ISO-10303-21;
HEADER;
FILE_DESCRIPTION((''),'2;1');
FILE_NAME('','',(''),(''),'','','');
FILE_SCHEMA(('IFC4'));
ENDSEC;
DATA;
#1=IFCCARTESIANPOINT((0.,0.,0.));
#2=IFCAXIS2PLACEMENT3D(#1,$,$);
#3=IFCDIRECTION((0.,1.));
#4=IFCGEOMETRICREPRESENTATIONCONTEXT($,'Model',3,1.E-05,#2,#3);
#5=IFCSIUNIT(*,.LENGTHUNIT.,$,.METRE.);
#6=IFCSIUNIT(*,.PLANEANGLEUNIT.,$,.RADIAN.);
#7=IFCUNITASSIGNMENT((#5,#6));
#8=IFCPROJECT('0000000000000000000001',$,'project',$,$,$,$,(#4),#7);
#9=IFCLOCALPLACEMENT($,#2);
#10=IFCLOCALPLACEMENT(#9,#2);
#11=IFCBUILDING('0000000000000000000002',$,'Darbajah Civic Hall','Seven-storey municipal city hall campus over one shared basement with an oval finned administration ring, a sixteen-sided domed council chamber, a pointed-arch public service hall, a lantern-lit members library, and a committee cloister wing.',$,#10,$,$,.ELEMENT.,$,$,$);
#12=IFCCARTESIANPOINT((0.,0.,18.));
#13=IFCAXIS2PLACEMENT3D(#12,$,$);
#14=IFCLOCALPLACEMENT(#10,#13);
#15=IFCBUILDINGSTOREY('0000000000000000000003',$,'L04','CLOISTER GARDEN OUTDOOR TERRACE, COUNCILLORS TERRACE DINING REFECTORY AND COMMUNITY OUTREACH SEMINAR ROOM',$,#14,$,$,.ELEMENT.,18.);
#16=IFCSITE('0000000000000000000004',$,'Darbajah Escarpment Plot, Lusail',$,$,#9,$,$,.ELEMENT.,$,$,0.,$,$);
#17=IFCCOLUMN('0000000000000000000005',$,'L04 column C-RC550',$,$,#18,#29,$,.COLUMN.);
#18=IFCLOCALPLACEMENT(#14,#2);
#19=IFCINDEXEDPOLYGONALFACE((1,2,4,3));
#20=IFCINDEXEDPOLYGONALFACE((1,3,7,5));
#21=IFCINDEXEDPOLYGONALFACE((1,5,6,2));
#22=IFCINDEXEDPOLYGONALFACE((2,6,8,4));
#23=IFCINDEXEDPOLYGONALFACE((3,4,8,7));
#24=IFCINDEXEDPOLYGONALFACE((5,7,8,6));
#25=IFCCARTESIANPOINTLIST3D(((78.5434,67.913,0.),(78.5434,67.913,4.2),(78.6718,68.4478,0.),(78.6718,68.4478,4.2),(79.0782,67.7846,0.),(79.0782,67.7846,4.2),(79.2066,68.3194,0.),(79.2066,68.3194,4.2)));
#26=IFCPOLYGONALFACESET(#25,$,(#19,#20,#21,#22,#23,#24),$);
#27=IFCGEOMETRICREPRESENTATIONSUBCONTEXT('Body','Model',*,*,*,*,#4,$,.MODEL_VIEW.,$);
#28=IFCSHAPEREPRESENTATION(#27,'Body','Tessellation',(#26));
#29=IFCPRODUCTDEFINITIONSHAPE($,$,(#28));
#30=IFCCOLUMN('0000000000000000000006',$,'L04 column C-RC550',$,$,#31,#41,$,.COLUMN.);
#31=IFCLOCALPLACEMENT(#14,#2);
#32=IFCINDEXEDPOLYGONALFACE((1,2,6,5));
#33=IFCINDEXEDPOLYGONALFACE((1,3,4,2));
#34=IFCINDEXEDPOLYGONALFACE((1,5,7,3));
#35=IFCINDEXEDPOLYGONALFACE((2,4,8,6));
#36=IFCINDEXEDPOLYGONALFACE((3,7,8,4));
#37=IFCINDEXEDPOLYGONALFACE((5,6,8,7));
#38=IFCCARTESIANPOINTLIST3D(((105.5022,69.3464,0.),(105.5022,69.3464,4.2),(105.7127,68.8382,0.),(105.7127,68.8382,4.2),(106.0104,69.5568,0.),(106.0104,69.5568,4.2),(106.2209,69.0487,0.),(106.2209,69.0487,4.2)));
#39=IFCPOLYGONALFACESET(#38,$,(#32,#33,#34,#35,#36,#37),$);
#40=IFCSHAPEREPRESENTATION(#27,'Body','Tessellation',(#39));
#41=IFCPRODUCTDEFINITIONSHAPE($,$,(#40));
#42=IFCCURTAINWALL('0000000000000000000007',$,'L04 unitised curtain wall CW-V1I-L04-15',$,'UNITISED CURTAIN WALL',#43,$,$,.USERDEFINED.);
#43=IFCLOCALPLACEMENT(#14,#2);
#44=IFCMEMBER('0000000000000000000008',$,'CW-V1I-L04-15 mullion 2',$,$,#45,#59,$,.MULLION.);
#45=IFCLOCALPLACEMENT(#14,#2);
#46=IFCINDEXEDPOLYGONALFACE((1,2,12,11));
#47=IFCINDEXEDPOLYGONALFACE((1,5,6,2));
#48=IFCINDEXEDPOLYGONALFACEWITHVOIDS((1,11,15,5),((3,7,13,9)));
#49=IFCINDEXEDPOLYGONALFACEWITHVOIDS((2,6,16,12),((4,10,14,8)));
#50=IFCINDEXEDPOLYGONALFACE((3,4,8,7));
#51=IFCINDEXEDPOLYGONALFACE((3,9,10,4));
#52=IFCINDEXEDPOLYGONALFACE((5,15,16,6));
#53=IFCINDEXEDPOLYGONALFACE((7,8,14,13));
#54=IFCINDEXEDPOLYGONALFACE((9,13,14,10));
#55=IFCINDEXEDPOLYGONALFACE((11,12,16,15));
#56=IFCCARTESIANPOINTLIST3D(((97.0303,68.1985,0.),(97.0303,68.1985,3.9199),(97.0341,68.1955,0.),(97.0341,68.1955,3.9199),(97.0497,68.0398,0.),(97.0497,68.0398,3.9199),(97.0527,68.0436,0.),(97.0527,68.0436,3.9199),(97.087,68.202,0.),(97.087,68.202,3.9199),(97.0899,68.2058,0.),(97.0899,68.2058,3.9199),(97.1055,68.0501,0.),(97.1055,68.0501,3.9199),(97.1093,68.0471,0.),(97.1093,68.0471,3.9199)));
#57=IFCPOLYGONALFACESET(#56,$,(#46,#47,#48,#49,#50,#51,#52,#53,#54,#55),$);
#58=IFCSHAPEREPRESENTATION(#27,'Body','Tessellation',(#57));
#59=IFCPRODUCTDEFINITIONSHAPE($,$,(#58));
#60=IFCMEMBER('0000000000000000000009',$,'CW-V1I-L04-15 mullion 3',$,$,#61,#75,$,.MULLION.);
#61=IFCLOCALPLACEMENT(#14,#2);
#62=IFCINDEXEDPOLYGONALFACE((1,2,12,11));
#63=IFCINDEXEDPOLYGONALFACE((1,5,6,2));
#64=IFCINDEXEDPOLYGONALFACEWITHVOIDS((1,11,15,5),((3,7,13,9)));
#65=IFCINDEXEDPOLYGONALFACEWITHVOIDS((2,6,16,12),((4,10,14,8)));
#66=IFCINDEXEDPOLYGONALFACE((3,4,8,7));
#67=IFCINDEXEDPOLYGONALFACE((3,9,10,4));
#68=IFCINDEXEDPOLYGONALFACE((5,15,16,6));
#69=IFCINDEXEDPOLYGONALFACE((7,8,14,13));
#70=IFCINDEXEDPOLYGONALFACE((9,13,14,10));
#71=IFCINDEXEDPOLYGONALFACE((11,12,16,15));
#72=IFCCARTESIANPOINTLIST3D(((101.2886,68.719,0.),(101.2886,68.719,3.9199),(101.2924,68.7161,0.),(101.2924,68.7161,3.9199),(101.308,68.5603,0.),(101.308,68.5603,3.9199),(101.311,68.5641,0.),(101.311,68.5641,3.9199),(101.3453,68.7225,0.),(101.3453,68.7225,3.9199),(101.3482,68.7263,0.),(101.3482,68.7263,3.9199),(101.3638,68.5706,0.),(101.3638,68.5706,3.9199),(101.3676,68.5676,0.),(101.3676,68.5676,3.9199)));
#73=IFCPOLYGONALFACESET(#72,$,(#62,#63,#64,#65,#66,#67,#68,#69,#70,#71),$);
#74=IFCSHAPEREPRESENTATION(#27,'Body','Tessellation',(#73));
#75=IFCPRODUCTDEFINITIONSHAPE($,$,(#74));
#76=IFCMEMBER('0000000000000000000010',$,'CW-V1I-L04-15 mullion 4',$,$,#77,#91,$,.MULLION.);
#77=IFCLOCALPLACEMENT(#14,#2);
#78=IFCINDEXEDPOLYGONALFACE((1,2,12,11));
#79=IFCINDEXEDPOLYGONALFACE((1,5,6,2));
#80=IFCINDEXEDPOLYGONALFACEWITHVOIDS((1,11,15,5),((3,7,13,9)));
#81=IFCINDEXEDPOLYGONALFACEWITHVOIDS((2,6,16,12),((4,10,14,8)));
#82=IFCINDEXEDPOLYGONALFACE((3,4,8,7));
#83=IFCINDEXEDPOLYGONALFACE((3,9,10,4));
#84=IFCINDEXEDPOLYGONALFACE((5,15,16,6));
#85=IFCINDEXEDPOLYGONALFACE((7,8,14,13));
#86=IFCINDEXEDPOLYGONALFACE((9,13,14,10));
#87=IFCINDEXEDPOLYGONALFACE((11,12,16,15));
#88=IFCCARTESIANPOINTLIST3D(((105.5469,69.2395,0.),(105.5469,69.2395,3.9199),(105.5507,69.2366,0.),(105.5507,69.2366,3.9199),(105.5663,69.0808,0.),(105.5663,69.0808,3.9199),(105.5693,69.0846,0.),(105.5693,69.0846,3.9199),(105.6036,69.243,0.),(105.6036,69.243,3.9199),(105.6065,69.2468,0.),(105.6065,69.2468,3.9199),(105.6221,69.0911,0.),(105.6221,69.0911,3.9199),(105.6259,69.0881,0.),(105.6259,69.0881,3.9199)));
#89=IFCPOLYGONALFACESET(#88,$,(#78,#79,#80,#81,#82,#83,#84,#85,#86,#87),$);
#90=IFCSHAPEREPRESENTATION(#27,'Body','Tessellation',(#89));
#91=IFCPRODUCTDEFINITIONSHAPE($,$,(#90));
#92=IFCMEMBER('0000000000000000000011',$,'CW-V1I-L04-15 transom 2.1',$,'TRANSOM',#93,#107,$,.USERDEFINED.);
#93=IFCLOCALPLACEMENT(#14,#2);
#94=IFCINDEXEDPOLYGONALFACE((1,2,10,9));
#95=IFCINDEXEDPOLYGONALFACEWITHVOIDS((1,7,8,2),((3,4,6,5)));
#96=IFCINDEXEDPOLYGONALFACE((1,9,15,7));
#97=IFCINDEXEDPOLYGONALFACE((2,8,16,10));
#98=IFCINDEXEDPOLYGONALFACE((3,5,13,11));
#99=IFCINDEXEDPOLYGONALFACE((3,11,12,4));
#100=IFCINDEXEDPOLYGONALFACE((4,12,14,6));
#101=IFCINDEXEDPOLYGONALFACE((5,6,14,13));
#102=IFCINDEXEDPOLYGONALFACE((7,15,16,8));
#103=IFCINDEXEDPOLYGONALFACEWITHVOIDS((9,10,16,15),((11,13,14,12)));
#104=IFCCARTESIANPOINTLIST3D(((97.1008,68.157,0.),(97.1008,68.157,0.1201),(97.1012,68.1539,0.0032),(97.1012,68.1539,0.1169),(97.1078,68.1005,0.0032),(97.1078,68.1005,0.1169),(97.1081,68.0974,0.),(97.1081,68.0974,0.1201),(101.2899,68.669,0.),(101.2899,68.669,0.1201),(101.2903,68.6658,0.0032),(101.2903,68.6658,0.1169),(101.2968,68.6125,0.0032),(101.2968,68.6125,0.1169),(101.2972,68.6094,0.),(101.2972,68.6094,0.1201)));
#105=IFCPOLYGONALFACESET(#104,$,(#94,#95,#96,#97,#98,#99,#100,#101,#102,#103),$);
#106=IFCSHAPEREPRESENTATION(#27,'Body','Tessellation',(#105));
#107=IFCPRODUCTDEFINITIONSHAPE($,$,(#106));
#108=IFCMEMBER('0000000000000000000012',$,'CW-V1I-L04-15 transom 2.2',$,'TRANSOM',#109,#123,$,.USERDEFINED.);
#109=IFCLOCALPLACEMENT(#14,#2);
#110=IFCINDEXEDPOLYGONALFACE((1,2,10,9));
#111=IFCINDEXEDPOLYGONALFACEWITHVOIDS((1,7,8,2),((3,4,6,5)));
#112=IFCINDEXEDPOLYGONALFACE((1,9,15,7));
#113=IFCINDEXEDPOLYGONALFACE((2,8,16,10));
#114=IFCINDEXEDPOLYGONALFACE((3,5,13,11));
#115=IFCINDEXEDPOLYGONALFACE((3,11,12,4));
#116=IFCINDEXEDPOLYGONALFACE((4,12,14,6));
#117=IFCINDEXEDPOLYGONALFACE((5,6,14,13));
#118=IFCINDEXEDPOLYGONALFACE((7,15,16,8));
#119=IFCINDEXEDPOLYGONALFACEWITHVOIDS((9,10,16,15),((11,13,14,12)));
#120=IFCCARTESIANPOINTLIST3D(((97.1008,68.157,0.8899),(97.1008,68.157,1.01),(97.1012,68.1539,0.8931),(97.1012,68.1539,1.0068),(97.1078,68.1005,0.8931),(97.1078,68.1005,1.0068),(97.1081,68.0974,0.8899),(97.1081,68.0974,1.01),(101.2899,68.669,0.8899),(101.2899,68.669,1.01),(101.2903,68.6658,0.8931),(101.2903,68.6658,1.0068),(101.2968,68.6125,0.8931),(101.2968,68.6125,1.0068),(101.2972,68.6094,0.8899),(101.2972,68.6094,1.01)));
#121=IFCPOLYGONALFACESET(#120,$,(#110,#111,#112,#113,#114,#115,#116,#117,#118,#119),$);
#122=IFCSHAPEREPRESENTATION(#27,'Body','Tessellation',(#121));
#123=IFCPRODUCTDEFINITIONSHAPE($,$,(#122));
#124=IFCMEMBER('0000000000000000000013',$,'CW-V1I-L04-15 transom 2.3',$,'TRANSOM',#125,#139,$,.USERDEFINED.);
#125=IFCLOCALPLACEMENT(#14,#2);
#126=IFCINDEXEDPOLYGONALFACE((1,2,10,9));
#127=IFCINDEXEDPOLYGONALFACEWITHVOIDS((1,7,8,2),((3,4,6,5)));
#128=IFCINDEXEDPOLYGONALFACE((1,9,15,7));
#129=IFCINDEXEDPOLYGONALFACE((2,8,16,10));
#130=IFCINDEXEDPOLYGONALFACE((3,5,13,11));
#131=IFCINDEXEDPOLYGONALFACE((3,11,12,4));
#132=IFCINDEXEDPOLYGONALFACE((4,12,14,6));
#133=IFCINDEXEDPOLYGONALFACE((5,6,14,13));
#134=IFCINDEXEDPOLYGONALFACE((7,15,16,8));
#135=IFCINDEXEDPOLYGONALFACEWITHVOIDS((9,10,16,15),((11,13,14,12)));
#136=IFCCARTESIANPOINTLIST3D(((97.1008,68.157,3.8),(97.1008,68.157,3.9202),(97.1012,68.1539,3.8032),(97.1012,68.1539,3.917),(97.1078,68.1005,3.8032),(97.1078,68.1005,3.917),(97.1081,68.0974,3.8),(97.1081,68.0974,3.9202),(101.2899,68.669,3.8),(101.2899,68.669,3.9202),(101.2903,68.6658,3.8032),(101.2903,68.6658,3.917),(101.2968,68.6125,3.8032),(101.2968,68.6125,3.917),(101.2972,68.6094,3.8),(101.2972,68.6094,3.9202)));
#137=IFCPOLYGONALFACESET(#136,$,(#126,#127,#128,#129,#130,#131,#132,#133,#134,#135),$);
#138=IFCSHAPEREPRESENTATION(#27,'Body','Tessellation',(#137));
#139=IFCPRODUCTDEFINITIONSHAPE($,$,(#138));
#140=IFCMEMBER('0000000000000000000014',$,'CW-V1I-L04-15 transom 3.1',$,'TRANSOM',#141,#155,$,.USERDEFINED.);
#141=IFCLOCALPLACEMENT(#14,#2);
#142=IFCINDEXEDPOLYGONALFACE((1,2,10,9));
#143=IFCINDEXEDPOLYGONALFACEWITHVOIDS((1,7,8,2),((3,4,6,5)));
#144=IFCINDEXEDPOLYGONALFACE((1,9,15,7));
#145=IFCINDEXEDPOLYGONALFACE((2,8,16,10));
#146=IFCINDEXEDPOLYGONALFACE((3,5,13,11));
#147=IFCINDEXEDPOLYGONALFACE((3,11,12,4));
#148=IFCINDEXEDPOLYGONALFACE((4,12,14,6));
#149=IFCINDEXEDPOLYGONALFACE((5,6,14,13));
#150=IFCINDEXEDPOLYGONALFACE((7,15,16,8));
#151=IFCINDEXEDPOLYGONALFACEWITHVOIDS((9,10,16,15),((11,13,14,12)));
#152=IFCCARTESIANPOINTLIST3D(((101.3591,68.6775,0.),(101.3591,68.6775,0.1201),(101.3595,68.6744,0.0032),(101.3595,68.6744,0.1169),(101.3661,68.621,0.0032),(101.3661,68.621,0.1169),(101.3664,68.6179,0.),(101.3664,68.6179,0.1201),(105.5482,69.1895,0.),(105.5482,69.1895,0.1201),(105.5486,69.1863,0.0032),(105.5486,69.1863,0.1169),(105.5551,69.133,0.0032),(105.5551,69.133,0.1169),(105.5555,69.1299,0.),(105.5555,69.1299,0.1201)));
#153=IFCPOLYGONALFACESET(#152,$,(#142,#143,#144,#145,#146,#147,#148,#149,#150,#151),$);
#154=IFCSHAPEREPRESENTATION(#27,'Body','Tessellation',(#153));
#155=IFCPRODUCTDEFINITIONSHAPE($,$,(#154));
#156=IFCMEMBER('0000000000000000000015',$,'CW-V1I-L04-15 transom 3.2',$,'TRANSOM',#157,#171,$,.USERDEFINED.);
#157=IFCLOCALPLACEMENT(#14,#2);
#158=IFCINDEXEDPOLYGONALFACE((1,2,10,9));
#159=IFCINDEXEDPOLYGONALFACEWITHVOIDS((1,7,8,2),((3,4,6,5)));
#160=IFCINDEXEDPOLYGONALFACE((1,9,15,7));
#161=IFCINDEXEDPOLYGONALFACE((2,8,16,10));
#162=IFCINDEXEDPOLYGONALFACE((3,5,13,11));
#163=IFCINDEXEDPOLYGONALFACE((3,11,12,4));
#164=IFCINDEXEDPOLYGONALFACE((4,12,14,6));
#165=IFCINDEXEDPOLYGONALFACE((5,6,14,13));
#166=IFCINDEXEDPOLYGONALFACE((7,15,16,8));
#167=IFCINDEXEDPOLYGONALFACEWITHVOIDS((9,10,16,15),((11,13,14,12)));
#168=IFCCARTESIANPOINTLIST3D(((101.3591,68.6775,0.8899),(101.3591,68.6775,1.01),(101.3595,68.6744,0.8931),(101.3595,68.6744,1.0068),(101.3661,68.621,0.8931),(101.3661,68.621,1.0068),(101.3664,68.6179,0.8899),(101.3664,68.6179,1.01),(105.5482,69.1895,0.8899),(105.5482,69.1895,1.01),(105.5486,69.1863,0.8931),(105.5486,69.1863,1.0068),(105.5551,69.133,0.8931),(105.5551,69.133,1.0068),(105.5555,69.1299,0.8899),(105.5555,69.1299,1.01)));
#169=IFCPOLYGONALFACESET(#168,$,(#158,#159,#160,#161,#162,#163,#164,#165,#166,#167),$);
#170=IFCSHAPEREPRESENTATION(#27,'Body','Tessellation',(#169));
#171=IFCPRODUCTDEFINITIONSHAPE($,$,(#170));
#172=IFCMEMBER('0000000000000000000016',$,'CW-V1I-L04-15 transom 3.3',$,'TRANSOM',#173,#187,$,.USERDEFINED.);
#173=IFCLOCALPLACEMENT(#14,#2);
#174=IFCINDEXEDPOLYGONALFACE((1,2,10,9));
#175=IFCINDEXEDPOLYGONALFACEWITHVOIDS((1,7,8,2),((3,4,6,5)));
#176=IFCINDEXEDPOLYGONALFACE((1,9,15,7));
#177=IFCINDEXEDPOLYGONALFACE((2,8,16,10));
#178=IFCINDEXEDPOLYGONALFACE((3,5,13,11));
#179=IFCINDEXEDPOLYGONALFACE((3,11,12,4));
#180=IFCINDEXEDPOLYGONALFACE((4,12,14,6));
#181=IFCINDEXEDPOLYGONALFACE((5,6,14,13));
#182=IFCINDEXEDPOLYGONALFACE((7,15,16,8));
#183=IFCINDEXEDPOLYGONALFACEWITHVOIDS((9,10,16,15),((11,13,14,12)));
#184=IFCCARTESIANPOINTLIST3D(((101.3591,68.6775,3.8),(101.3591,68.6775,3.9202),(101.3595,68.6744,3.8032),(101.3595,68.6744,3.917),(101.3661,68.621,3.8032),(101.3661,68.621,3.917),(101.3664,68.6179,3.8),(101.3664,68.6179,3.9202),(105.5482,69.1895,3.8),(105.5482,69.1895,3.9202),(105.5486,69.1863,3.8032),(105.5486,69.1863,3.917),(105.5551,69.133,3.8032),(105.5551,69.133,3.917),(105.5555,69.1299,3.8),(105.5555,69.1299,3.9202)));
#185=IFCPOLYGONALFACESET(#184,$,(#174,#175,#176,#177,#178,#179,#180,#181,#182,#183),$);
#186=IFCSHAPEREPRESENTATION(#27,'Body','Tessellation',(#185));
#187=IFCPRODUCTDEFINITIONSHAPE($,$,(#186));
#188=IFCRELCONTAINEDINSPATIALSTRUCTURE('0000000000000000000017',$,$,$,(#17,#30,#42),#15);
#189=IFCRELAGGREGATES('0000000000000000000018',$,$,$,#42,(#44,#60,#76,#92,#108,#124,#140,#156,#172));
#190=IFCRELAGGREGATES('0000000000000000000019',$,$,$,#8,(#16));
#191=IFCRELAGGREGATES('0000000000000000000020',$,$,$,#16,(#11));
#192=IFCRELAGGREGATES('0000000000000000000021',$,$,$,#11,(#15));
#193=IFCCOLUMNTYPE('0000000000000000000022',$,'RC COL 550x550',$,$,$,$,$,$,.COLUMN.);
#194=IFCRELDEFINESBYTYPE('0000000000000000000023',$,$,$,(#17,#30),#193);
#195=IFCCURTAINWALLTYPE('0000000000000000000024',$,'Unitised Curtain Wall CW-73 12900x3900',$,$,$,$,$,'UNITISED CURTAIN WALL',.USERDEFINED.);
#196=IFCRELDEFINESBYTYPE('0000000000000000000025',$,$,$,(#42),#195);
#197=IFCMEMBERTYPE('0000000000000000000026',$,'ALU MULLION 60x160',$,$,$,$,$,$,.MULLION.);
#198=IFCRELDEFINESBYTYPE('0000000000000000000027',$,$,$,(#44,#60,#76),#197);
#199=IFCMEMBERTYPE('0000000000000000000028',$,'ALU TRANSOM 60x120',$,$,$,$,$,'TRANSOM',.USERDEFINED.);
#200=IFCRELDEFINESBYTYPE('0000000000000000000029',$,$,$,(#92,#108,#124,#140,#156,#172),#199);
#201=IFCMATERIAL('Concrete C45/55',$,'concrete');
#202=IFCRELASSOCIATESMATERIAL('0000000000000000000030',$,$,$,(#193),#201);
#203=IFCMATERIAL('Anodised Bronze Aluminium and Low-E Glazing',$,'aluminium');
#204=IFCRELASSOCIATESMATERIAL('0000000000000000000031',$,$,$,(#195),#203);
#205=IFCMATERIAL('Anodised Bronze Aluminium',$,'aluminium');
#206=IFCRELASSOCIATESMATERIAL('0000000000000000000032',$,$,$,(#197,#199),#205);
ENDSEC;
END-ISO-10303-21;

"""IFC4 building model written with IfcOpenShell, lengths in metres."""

from ifc_helpers import new_model, si_unit, direction, frame, origin, origin_2d, place, context, subcontext, project, spatial, rectangle, hollow_rectangle, extrude, material, material_profile, profile_set, type_object, element, aggregate, save


model = new_model("IFC4")

# Units and contexts
model_context = context("Model", 3, precision=1e-05, world=origin(), true_north=direction((0.0, 1.0)))
body_context = subcontext(model_context, "Body", "Model", "MODEL_VIEW")
ifc_project = project(units=[si_unit("LENGTHUNIT", "METRE"), si_unit("PLANEANGLEUNIT", "RADIAN")], contexts=[model_context])

# Site, building, storey
site_placement = place(None, origin())
site = spatial("IfcSite", under=ifc_project, at=site_placement, Name="Darbajah Escarpment Plot, Lusail", CompositionType="ELEMENT", RefElevation=0.0)
building_placement = place(site_placement, origin())
building = spatial("IfcBuilding", under=site, at=building_placement, Name="Darbajah Civic Hall", Description="Seven-storey municipal city hall campus over one shared basement with an oval finned administration ring, a sixteen-sided domed council chamber, a pointed-arch public service hall, a lantern-lit members library, and a committee cloister wing.", CompositionType="ELEMENT")
storey_placement = place(building_placement, frame((0.0, 0.0, 18.0)))
storey = spatial("IfcBuildingStorey", under=building, at=storey_placement, Name="L04", Description="CLOISTER GARDEN OUTDOOR TERRACE, COUNCILLORS TERRACE DINING REFECTORY AND COMMUNITY OUTREACH SEMINAR ROOM", CompositionType="ELEMENT", Elevation=18.0)

# Columns
ifc_material_1 = material(Name="Concrete C45/55", Category="concrete")
ifc_material_profile_1 = material_profile(ifc_material_1, rectangle(XDim=0.55, YDim=0.55, at=origin_2d()), Name="RC COL 550x550")
ifc_profile_set_1 = profile_set([ifc_material_profile_1], Name="Concrete C45/55")
column_type = type_object("IfcColumnType", Name="RC COL 550x550", PredefinedType="COLUMN", material=ifc_profile_set_1)
for number, where, z_axis, x_axis, name in (
    (1, (78.875, 68.1162, 0.0), (0.0, 0.0, 1.0), (-0.233445, -0.97237, 0.0), "L04 column C-RC550"),
    (2, (105.8616, 69.1975, 0.0), (0.0, 0.0, 1.0), (0.382683, -0.92388, 0.0), "L04 column C-RC550"),
):
    element("IfcColumn", number, at=place(storey_placement, frame(where, z_axis=z_axis, x_axis=x_axis)), inside=storey, type_object=column_type, Name=name, PredefinedType="COLUMN", context=body_context, shape_type="SweptSolid", body=[
        extrude(rectangle(XDim=0.55, YDim=0.55, at=origin_2d()), origin(), (0.0, 0.0, 1.0), 4.2),
    ])

# Curtain wall, members
ifc_material_2 = material(Name="Anodised Bronze Aluminium and Low-E Glazing", Category="aluminium")
curtain_wall_type = type_object("IfcCurtainWallType", Name="Unitised Curtain Wall CW-73 12900x3900", ElementType="UNITISED CURTAIN WALL", PredefinedType="USERDEFINED", material=ifc_material_2)
curtain_wall_placement = place(storey_placement, origin())
curtain_wall = element("IfcCurtainWall", 3, at=curtain_wall_placement, inside=storey, type_object=curtain_wall_type, Name="L04 unitised curtain wall CW-V1I-L04-15", ObjectType="UNITISED CURTAIN WALL", PredefinedType="USERDEFINED")
ifc_material_3 = material(Name="Anodised Bronze Aluminium", Category="aluminium")
ifc_material_profile_2 = material_profile(ifc_material_3, hollow_rectangle(XDim=0.0601, YDim=0.1599, WallThickness=0.0034, at=origin_2d()), Name="ALU MULLION 60x160")
ifc_profile_set_2 = profile_set([ifc_material_profile_2], Name="Anodised Bronze Aluminium")
member_type_1 = type_object("IfcMemberType", Name="ALU MULLION 60x160", PredefinedType="MULLION", material=ifc_profile_set_2)
member_1_placement = place(storey_placement, frame((97.0698, 68.1228, 0.0), z_axis=(0.0, 0.0, 1.0), x_axis=(0.99261, 0.12135, 0.0)))
member_1 = element("IfcMember", 4, at=member_1_placement, type_object=member_type_1, Name="CW-V1I-L04-15 mullion 2", PredefinedType="MULLION", context=body_context, shape_type="SweptSolid", body=[
    extrude(hollow_rectangle(XDim=0.0601, YDim=0.1599, WallThickness=0.0034, at=origin_2d()), origin(), (0.0, 0.0, 1.0), 3.9199),
])
member_2_placement = place(storey_placement, frame((101.3281, 68.6433, 0.0), z_axis=(0.0, 0.0, 1.0), x_axis=(0.99261, 0.12135, 0.0)))
member_2 = element("IfcMember", 5, at=member_2_placement, type_object=member_type_1, Name="CW-V1I-L04-15 mullion 3", PredefinedType="MULLION", context=body_context, shape_type="SweptSolid", body=[
    extrude(hollow_rectangle(XDim=0.0601, YDim=0.1599, WallThickness=0.0034, at=origin_2d()), origin(), (0.0, 0.0, 1.0), 3.9199),
])
member_3_placement = place(storey_placement, frame((105.5864, 69.1638, 0.0), z_axis=(0.0, 0.0, 1.0), x_axis=(0.99261, 0.12135, 0.0)))
member_3 = element("IfcMember", 6, at=member_3_placement, type_object=member_type_1, Name="CW-V1I-L04-15 mullion 4", PredefinedType="MULLION", context=body_context, shape_type="SweptSolid", body=[
    extrude(hollow_rectangle(XDim=0.0601, YDim=0.1599, WallThickness=0.0034, at=origin_2d()), origin(), (0.0, 0.0, 1.0), 3.9199),
])
ifc_material_profile_3 = material_profile(ifc_material_3, hollow_rectangle(XDim=0.0601, YDim=0.1201, WallThickness=0.0032, at=origin_2d()), Name="ALU TRANSOM 60x120")
ifc_profile_set_3 = profile_set([ifc_material_profile_3], Name="Anodised Bronze Aluminium")
member_type_2 = type_object("IfcMemberType", Name="ALU TRANSOM 60x120", ElementType="TRANSOM", PredefinedType="USERDEFINED", material=ifc_profile_set_3)
member_4_placement = place(storey_placement, frame((97.1045, 68.1272, 0.0601), z_axis=(0.992614, 0.121314, 0.0), x_axis=(-0.121314, 0.992614, 0.0)))
member_4 = element("IfcMember", 7, at=member_4_placement, type_object=member_type_2, Name="CW-V1I-L04-15 transom 2.1", ObjectType="TRANSOM", PredefinedType="USERDEFINED", context=body_context, shape_type="SweptSolid", body=[
    extrude(hollow_rectangle(XDim=0.0601, YDim=0.1201, WallThickness=0.0032, at=origin_2d()), origin(), (0.0, 0.0, 1.0), 4.2202),
])
member_5_placement = place(storey_placement, frame((97.1045, 68.1272, 0.95), z_axis=(0.992614, 0.121314, 0.0), x_axis=(-0.121314, 0.992614, 0.0)))
member_5 = element("IfcMember", 8, at=member_5_placement, type_object=member_type_2, Name="CW-V1I-L04-15 transom 2.2", ObjectType="TRANSOM", PredefinedType="USERDEFINED", context=body_context, shape_type="SweptSolid", body=[
    extrude(hollow_rectangle(XDim=0.0601, YDim=0.1201, WallThickness=0.0032, at=origin_2d()), origin(), (0.0, 0.0, 1.0), 4.2202),
])
member_6_placement = place(storey_placement, frame((97.1045, 68.1272, 3.8601), z_axis=(0.992614, 0.121314, 0.0), x_axis=(-0.121314, 0.992614, 0.0)))
member_6 = element("IfcMember", 9, at=member_6_placement, type_object=member_type_2, Name="CW-V1I-L04-15 transom 2.3", ObjectType="TRANSOM", PredefinedType="USERDEFINED", context=body_context, shape_type="SweptSolid", body=[
    extrude(hollow_rectangle(XDim=0.0601, YDim=0.1201, WallThickness=0.0032, at=origin_2d()), origin(), (0.0, 0.0, 1.0), 4.2202),
])
member_7_placement = place(storey_placement, frame((101.3628, 68.6477, 0.0601), z_axis=(0.992614, 0.121314, 0.0), x_axis=(-0.121314, 0.992614, 0.0)))
member_7 = element("IfcMember", 10, at=member_7_placement, type_object=member_type_2, Name="CW-V1I-L04-15 transom 3.1", ObjectType="TRANSOM", PredefinedType="USERDEFINED", context=body_context, shape_type="SweptSolid", body=[
    extrude(hollow_rectangle(XDim=0.0601, YDim=0.1201, WallThickness=0.0032, at=origin_2d()), origin(), (0.0, 0.0, 1.0), 4.2202),
])
member_8_placement = place(storey_placement, frame((101.3628, 68.6477, 0.95), z_axis=(0.992614, 0.121314, 0.0), x_axis=(-0.121314, 0.992614, 0.0)))
member_8 = element("IfcMember", 11, at=member_8_placement, type_object=member_type_2, Name="CW-V1I-L04-15 transom 3.2", ObjectType="TRANSOM", PredefinedType="USERDEFINED", context=body_context, shape_type="SweptSolid", body=[
    extrude(hollow_rectangle(XDim=0.0601, YDim=0.1201, WallThickness=0.0032, at=origin_2d()), origin(), (0.0, 0.0, 1.0), 4.2202),
])
member_9_placement = place(storey_placement, frame((101.3628, 68.6477, 3.8601), z_axis=(0.992614, 0.121314, 0.0), x_axis=(-0.121314, 0.992614, 0.0)))
member_9 = element("IfcMember", 12, at=member_9_placement, type_object=member_type_2, Name="CW-V1I-L04-15 transom 3.3", ObjectType="TRANSOM", PredefinedType="USERDEFINED", context=body_context, shape_type="SweptSolid", body=[
    extrude(hollow_rectangle(XDim=0.0601, YDim=0.1201, WallThickness=0.0032, at=origin_2d()), origin(), (0.0, 0.0, 1.0), 4.2202),
])

aggregate(curtain_wall, [member_1, member_2, member_3, member_4, member_5, member_6, member_7, member_8, member_9])

save(model, "model.ifc")
